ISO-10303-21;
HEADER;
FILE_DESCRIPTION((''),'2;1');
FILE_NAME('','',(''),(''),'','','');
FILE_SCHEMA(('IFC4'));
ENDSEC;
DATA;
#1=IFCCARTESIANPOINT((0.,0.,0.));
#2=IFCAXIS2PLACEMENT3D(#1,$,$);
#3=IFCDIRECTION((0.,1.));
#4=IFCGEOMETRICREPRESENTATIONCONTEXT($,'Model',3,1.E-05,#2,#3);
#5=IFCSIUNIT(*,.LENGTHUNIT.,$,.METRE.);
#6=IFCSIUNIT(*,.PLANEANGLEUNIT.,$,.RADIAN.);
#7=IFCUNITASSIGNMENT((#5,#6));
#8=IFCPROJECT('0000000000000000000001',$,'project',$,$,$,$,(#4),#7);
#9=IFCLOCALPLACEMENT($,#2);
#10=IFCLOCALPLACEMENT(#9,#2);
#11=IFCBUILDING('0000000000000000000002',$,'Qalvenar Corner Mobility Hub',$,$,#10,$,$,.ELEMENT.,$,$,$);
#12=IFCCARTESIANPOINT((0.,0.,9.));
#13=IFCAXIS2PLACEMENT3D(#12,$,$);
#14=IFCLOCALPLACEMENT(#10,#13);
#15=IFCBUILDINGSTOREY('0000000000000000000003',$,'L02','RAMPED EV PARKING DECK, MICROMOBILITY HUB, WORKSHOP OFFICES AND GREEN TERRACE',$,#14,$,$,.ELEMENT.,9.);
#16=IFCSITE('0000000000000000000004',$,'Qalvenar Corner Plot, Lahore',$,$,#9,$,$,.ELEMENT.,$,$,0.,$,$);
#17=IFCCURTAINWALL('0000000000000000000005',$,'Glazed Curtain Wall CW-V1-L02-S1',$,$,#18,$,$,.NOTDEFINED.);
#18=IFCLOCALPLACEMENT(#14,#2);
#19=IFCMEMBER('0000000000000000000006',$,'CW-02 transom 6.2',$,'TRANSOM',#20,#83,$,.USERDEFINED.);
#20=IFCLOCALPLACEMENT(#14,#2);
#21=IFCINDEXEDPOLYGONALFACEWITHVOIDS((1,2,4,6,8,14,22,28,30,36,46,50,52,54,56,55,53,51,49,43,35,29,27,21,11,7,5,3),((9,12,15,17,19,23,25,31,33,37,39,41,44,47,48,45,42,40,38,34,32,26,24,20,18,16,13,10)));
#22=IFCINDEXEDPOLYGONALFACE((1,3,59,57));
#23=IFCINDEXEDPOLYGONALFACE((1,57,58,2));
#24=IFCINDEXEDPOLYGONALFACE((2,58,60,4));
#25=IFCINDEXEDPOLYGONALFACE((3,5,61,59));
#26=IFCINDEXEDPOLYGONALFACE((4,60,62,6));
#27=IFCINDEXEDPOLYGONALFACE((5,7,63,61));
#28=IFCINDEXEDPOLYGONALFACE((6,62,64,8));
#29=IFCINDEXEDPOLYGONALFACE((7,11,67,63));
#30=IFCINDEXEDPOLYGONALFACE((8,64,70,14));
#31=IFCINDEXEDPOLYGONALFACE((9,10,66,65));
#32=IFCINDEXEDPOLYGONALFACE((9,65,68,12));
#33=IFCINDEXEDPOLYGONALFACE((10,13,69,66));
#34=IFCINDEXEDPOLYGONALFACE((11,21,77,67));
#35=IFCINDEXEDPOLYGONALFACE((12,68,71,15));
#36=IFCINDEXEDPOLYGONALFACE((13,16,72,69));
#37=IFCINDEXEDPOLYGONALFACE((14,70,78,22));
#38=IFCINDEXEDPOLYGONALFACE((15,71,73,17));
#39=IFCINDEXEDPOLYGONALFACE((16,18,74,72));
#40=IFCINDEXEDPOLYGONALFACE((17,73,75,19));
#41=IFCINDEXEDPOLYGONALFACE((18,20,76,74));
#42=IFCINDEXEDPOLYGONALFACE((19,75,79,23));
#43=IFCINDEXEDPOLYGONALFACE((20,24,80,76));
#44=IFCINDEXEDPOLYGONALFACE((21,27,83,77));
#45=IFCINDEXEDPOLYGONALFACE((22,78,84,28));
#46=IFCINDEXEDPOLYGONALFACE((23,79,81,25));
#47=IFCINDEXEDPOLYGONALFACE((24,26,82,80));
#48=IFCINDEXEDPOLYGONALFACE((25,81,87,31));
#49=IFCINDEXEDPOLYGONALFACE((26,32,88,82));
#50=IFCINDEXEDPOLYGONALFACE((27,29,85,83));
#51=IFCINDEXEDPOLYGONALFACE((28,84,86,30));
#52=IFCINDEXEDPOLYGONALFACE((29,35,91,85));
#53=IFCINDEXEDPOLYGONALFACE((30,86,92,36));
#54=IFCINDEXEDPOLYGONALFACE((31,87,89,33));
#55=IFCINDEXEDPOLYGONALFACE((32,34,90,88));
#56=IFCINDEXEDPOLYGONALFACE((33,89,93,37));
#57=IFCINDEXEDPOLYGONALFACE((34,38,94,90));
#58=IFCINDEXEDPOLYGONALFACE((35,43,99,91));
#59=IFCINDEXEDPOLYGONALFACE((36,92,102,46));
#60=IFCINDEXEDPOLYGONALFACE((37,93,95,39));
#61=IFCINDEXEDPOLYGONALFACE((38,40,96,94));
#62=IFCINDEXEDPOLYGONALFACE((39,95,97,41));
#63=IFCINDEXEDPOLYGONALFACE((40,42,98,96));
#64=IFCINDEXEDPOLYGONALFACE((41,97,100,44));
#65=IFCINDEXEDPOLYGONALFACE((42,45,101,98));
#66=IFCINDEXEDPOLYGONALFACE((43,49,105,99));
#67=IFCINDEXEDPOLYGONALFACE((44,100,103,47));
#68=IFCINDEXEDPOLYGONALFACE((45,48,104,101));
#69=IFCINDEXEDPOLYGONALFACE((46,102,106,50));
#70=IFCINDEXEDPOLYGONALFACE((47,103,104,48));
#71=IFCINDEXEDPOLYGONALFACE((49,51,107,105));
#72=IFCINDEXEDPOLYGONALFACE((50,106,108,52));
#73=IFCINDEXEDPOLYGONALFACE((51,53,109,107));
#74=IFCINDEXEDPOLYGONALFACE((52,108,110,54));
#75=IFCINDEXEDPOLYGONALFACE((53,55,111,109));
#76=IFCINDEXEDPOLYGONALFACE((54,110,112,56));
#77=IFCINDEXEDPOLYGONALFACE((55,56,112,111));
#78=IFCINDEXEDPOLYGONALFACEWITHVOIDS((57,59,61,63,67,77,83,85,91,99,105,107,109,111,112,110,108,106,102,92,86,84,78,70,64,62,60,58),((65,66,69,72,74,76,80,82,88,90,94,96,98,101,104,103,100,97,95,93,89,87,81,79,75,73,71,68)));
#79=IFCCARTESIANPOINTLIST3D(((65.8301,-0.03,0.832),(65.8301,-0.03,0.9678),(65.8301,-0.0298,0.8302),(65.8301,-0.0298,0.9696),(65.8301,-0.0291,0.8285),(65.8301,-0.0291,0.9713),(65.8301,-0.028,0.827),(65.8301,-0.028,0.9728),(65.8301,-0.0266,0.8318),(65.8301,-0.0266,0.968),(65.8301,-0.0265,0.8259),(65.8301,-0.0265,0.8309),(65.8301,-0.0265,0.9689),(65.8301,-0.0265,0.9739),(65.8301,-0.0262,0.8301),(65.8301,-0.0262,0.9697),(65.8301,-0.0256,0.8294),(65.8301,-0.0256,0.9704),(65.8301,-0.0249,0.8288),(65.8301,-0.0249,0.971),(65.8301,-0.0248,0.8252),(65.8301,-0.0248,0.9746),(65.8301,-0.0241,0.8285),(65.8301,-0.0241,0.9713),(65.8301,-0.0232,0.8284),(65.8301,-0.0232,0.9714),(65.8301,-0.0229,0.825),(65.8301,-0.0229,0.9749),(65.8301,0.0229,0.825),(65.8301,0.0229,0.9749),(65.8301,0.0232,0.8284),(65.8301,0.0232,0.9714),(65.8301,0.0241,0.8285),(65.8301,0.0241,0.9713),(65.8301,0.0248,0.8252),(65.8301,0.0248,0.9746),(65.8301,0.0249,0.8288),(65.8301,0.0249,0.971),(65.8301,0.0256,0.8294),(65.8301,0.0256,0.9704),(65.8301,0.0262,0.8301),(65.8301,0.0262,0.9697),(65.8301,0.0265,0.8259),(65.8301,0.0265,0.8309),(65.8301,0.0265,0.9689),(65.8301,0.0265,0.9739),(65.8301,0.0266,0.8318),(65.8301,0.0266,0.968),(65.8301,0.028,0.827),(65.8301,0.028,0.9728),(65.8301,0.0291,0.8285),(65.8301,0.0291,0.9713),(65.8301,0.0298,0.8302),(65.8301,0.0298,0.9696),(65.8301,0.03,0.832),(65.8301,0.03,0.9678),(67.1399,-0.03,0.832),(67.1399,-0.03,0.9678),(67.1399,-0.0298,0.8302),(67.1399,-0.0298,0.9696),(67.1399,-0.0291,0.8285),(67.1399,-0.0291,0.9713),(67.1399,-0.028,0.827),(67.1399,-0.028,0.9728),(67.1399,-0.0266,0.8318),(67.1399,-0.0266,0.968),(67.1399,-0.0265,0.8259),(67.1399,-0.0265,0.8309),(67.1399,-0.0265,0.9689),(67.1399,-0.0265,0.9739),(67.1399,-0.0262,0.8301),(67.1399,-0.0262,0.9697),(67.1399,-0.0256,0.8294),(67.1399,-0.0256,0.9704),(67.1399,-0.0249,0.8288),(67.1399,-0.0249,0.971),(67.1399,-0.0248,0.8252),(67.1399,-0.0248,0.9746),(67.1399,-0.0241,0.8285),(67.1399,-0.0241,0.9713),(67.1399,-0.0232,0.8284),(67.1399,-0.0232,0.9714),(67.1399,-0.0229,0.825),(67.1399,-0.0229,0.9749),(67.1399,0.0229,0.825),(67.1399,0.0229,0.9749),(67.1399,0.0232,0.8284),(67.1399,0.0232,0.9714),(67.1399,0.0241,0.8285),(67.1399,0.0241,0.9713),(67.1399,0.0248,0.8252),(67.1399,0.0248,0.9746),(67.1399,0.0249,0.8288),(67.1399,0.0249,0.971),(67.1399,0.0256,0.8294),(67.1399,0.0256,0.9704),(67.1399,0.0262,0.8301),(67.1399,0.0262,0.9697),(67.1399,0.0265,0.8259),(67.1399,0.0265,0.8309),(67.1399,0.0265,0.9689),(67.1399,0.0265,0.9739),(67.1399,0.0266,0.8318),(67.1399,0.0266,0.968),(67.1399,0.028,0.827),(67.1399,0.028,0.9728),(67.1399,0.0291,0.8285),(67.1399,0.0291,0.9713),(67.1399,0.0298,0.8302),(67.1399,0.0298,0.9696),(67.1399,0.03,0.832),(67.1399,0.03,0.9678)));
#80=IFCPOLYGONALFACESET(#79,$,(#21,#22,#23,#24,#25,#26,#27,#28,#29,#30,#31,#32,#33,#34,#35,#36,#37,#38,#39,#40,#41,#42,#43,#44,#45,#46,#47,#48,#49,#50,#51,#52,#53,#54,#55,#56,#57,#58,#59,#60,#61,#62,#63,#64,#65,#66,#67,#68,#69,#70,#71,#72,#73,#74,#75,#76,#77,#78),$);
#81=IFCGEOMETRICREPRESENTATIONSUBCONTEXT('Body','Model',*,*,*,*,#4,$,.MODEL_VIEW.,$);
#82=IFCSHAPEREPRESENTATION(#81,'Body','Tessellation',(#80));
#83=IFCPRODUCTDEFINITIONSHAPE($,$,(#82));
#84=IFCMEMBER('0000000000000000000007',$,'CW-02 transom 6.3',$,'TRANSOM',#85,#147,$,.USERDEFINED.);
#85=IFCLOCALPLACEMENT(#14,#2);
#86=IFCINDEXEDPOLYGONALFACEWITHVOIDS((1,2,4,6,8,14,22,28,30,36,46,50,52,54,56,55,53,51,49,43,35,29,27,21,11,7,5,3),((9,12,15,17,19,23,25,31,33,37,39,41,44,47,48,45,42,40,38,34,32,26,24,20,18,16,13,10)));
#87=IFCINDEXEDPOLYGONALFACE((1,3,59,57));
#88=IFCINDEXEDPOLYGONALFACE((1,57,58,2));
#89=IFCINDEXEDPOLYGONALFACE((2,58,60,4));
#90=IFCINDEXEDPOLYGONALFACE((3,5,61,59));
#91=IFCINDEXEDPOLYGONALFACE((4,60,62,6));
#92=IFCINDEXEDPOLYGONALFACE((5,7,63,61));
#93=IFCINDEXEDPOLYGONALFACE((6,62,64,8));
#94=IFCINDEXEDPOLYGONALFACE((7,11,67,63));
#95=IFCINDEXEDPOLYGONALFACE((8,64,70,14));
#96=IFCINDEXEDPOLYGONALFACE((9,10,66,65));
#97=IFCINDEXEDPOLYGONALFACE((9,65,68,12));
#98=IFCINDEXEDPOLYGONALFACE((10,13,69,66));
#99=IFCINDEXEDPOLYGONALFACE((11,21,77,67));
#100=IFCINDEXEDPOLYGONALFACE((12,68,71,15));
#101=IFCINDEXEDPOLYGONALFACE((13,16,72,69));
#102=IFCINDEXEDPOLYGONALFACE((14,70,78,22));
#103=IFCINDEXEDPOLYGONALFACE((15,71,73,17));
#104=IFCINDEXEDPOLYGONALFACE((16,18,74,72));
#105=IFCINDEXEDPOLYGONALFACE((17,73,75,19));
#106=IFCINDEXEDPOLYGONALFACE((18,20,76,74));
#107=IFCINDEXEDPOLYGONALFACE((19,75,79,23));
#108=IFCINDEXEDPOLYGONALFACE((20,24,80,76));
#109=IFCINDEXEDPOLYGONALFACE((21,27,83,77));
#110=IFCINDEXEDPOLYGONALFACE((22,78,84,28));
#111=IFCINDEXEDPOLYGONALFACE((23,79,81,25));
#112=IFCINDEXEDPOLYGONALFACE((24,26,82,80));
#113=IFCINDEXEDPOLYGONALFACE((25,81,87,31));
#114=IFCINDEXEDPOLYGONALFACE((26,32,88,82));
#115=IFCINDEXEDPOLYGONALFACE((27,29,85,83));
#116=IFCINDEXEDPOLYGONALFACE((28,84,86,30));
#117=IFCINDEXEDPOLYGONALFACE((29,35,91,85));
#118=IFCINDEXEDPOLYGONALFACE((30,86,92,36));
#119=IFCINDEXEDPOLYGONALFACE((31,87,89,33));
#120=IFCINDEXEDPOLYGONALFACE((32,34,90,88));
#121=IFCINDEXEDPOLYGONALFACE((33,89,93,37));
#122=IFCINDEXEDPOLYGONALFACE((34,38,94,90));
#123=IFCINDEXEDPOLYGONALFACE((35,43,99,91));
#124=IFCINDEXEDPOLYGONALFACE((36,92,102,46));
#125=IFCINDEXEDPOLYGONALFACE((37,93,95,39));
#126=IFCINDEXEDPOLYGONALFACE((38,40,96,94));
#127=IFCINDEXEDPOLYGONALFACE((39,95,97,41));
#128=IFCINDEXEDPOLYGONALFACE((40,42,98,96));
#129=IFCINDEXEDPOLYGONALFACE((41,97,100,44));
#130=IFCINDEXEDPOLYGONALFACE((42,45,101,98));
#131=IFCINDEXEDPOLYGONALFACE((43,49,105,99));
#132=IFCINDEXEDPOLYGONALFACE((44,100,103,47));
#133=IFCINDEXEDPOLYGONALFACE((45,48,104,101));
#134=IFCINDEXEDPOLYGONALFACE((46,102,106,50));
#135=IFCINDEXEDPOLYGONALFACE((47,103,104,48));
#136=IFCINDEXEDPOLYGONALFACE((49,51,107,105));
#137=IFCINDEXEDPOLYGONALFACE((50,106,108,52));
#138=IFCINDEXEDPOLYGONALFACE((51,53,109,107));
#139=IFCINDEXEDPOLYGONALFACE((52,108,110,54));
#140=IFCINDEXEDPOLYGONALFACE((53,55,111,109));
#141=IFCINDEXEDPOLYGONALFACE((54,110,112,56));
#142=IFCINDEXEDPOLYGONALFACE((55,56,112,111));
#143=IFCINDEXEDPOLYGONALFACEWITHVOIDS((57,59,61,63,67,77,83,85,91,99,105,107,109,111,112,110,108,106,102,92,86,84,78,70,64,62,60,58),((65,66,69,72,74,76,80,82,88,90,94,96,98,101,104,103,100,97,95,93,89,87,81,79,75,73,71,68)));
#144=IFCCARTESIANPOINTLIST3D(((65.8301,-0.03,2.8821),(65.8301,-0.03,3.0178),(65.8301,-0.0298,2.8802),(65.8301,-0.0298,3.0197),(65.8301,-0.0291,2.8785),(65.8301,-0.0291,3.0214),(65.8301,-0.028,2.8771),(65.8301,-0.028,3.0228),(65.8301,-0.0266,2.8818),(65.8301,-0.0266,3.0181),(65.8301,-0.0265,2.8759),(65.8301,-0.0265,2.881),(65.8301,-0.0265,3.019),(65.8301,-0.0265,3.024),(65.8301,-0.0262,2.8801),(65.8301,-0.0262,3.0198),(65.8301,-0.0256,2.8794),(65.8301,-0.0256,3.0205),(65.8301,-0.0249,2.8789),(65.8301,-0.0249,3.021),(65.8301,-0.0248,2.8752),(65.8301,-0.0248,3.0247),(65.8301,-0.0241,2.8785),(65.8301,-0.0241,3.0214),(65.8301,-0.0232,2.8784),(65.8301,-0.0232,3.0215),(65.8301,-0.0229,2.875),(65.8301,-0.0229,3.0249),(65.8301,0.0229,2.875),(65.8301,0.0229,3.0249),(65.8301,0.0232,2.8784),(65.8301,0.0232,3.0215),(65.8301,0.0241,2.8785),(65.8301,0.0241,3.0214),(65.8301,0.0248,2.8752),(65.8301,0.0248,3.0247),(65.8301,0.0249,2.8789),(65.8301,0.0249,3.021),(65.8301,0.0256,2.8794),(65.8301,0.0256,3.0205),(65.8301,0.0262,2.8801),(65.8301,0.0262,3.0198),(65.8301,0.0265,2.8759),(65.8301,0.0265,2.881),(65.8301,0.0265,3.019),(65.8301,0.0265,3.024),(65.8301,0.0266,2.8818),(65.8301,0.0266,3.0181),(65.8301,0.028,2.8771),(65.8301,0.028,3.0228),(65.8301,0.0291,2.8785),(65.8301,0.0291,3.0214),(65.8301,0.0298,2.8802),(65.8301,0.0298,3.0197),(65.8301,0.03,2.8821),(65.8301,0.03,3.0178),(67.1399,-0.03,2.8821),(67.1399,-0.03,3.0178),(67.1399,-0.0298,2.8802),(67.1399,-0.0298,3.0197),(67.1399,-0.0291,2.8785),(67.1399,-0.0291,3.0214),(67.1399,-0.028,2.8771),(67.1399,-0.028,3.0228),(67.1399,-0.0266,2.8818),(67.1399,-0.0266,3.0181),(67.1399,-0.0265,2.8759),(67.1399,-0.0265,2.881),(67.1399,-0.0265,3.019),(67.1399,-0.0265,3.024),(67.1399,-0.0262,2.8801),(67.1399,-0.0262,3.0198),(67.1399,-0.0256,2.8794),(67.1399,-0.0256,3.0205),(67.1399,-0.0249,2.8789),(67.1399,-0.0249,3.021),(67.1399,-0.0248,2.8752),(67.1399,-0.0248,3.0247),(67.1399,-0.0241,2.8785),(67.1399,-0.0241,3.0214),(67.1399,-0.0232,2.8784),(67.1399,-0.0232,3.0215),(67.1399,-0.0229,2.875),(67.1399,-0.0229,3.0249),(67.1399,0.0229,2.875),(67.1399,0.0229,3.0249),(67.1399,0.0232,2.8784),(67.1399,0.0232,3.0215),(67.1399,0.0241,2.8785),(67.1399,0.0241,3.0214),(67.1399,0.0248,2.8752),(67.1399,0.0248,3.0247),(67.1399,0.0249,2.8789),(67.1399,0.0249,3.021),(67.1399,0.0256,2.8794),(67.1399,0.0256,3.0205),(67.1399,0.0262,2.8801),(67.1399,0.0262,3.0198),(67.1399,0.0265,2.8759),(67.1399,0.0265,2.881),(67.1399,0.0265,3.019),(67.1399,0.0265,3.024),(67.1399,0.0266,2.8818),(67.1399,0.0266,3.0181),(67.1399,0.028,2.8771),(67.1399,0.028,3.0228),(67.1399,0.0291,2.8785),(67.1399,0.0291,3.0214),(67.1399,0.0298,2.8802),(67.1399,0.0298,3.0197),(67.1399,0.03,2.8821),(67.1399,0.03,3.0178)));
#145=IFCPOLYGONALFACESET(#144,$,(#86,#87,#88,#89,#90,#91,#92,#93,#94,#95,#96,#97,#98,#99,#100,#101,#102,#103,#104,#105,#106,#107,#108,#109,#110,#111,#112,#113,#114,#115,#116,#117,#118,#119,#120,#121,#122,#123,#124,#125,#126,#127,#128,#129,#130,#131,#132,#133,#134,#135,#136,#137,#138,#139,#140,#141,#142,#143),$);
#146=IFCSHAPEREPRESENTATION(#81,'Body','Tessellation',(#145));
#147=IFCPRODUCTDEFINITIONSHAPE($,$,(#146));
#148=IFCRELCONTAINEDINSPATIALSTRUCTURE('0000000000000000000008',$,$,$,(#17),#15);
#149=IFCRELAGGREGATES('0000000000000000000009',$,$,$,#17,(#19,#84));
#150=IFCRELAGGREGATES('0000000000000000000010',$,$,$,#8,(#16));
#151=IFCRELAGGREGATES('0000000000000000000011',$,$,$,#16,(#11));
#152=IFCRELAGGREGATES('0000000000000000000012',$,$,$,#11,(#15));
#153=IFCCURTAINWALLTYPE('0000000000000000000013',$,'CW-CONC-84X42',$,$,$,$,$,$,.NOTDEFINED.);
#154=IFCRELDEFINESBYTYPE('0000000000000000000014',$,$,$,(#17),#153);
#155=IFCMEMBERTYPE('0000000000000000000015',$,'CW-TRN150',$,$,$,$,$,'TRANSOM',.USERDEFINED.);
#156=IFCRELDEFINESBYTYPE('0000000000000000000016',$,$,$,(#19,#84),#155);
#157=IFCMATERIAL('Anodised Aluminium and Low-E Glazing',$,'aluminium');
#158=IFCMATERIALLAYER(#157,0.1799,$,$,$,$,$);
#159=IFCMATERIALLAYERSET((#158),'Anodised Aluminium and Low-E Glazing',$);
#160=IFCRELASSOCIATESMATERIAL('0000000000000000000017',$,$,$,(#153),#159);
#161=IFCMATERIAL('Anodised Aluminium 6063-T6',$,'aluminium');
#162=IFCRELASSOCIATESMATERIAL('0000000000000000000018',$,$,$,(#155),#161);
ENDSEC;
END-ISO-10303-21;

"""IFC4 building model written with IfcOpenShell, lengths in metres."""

from ifc_helpers import new_model, si_unit, direction, frame, origin, origin_2d, place, context, subcontext, project, spatial, hollow_rectangle, extrude, material, layer, layer_set, material_profile, profile_set, type_object, element, aggregate, save


model = new_model("IFC4")

# Units and contexts
model_context = context("Model", 3, precision=1e-05, world=origin(), true_north=direction((0.0, 1.0)))
body_context = subcontext(model_context, "Body", "Model", "MODEL_VIEW")
ifc_project = project(units=[si_unit("LENGTHUNIT", "METRE"), si_unit("PLANEANGLEUNIT", "RADIAN")], contexts=[model_context])

# Site, building, storey
site_placement = place(None, origin())
site = spatial("IfcSite", under=ifc_project, at=site_placement, Name="Qalvenar Corner Plot, Lahore", CompositionType="ELEMENT", RefElevation=0.0)
building_placement = place(site_placement, origin())
building = spatial("IfcBuilding", under=site, at=building_placement, Name="Qalvenar Corner Mobility Hub", CompositionType="ELEMENT")
storey_placement = place(building_placement, frame((0.0, 0.0, 9.0)))
storey = spatial("IfcBuildingStorey", under=building, at=storey_placement, Name="L02", Description="RAMPED EV PARKING DECK, MICROMOBILITY HUB, WORKSHOP OFFICES AND GREEN TERRACE", CompositionType="ELEMENT", Elevation=9.0)

# Curtain wall
ifc_material_1 = material(Name="Anodised Aluminium and Low-E Glazing", Category="aluminium")
ifc_layer_1 = layer(ifc_material_1, 0.1799)
ifc_layer_set_1 = layer_set([ifc_layer_1], Name="Anodised Aluminium and Low-E Glazing")
curtain_wall_type = type_object("IfcCurtainWallType", Name="CW-CONC-84X42", PredefinedType="NOTDEFINED", material=ifc_layer_set_1)
curtain_wall_1_placement = place(storey_placement, origin())
curtain_wall_1 = element("IfcCurtainWall", 1, at=curtain_wall_1_placement, inside=storey, type_object=curtain_wall_type, Name="Glazed Curtain Wall CW-V1-L02-S1", PredefinedType="NOTDEFINED")
ifc_material_2 = material(Name="Anodised Aluminium 6063-T6", Category="aluminium")

# Members
ifc_material_profile_1 = material_profile(ifc_material_2, hollow_rectangle(XDim=0.0601, YDim=0.1499, WallThickness=0.0034, InnerFilletRadius=0.0034, OuterFilletRadius=0.0071, at=origin_2d()), Name="RHS150x60x3.5")
ifc_profile_set_1 = profile_set([ifc_material_profile_1], Name="Anodised Aluminium 6063-T6")
member_type_1 = type_object("IfcMemberType", Name="CW-TRN150", ElementType="TRANSOM", PredefinedType="USERDEFINED", material=ifc_profile_set_1)
member_1_placement = place(storey_placement, frame((65.8301, 0.0, 0.8999), z_axis=(1.0, 0.0, 0.0), x_axis=(0.0, 1.0, 0.0)))
member_1 = element("IfcMember", 2, at=member_1_placement, type_object=member_type_1, Name="CW-02 transom 6.2", ObjectType="TRANSOM", PredefinedType="USERDEFINED", context=body_context, shape_type="SweptSolid", body=[
    extrude(hollow_rectangle(XDim=0.0601, YDim=0.1499, WallThickness=0.0034, InnerFilletRadius=0.0034, OuterFilletRadius=0.0071, at=origin_2d()), origin(), (0.0, 0.0, 1.0), 1.3098),
])
member_2_placement = place(storey_placement, frame((65.8301, 0.0, 2.95), z_axis=(1.0, 0.0, 0.0), x_axis=(0.0, 1.0, 0.0)))
member_2 = element("IfcMember", 3, at=member_2_placement, type_object=member_type_1, Name="CW-02 transom 6.3", ObjectType="TRANSOM", PredefinedType="USERDEFINED", context=body_context, shape_type="SweptSolid", body=[
    extrude(hollow_rectangle(XDim=0.0601, YDim=0.1499, WallThickness=0.0034, InnerFilletRadius=0.0034, OuterFilletRadius=0.0071, at=origin_2d()), origin(), (0.0, 0.0, 1.0), 1.3098),
])

aggregate(curtain_wall_1, [member_1, member_2])

save(model, "model.ifc")
